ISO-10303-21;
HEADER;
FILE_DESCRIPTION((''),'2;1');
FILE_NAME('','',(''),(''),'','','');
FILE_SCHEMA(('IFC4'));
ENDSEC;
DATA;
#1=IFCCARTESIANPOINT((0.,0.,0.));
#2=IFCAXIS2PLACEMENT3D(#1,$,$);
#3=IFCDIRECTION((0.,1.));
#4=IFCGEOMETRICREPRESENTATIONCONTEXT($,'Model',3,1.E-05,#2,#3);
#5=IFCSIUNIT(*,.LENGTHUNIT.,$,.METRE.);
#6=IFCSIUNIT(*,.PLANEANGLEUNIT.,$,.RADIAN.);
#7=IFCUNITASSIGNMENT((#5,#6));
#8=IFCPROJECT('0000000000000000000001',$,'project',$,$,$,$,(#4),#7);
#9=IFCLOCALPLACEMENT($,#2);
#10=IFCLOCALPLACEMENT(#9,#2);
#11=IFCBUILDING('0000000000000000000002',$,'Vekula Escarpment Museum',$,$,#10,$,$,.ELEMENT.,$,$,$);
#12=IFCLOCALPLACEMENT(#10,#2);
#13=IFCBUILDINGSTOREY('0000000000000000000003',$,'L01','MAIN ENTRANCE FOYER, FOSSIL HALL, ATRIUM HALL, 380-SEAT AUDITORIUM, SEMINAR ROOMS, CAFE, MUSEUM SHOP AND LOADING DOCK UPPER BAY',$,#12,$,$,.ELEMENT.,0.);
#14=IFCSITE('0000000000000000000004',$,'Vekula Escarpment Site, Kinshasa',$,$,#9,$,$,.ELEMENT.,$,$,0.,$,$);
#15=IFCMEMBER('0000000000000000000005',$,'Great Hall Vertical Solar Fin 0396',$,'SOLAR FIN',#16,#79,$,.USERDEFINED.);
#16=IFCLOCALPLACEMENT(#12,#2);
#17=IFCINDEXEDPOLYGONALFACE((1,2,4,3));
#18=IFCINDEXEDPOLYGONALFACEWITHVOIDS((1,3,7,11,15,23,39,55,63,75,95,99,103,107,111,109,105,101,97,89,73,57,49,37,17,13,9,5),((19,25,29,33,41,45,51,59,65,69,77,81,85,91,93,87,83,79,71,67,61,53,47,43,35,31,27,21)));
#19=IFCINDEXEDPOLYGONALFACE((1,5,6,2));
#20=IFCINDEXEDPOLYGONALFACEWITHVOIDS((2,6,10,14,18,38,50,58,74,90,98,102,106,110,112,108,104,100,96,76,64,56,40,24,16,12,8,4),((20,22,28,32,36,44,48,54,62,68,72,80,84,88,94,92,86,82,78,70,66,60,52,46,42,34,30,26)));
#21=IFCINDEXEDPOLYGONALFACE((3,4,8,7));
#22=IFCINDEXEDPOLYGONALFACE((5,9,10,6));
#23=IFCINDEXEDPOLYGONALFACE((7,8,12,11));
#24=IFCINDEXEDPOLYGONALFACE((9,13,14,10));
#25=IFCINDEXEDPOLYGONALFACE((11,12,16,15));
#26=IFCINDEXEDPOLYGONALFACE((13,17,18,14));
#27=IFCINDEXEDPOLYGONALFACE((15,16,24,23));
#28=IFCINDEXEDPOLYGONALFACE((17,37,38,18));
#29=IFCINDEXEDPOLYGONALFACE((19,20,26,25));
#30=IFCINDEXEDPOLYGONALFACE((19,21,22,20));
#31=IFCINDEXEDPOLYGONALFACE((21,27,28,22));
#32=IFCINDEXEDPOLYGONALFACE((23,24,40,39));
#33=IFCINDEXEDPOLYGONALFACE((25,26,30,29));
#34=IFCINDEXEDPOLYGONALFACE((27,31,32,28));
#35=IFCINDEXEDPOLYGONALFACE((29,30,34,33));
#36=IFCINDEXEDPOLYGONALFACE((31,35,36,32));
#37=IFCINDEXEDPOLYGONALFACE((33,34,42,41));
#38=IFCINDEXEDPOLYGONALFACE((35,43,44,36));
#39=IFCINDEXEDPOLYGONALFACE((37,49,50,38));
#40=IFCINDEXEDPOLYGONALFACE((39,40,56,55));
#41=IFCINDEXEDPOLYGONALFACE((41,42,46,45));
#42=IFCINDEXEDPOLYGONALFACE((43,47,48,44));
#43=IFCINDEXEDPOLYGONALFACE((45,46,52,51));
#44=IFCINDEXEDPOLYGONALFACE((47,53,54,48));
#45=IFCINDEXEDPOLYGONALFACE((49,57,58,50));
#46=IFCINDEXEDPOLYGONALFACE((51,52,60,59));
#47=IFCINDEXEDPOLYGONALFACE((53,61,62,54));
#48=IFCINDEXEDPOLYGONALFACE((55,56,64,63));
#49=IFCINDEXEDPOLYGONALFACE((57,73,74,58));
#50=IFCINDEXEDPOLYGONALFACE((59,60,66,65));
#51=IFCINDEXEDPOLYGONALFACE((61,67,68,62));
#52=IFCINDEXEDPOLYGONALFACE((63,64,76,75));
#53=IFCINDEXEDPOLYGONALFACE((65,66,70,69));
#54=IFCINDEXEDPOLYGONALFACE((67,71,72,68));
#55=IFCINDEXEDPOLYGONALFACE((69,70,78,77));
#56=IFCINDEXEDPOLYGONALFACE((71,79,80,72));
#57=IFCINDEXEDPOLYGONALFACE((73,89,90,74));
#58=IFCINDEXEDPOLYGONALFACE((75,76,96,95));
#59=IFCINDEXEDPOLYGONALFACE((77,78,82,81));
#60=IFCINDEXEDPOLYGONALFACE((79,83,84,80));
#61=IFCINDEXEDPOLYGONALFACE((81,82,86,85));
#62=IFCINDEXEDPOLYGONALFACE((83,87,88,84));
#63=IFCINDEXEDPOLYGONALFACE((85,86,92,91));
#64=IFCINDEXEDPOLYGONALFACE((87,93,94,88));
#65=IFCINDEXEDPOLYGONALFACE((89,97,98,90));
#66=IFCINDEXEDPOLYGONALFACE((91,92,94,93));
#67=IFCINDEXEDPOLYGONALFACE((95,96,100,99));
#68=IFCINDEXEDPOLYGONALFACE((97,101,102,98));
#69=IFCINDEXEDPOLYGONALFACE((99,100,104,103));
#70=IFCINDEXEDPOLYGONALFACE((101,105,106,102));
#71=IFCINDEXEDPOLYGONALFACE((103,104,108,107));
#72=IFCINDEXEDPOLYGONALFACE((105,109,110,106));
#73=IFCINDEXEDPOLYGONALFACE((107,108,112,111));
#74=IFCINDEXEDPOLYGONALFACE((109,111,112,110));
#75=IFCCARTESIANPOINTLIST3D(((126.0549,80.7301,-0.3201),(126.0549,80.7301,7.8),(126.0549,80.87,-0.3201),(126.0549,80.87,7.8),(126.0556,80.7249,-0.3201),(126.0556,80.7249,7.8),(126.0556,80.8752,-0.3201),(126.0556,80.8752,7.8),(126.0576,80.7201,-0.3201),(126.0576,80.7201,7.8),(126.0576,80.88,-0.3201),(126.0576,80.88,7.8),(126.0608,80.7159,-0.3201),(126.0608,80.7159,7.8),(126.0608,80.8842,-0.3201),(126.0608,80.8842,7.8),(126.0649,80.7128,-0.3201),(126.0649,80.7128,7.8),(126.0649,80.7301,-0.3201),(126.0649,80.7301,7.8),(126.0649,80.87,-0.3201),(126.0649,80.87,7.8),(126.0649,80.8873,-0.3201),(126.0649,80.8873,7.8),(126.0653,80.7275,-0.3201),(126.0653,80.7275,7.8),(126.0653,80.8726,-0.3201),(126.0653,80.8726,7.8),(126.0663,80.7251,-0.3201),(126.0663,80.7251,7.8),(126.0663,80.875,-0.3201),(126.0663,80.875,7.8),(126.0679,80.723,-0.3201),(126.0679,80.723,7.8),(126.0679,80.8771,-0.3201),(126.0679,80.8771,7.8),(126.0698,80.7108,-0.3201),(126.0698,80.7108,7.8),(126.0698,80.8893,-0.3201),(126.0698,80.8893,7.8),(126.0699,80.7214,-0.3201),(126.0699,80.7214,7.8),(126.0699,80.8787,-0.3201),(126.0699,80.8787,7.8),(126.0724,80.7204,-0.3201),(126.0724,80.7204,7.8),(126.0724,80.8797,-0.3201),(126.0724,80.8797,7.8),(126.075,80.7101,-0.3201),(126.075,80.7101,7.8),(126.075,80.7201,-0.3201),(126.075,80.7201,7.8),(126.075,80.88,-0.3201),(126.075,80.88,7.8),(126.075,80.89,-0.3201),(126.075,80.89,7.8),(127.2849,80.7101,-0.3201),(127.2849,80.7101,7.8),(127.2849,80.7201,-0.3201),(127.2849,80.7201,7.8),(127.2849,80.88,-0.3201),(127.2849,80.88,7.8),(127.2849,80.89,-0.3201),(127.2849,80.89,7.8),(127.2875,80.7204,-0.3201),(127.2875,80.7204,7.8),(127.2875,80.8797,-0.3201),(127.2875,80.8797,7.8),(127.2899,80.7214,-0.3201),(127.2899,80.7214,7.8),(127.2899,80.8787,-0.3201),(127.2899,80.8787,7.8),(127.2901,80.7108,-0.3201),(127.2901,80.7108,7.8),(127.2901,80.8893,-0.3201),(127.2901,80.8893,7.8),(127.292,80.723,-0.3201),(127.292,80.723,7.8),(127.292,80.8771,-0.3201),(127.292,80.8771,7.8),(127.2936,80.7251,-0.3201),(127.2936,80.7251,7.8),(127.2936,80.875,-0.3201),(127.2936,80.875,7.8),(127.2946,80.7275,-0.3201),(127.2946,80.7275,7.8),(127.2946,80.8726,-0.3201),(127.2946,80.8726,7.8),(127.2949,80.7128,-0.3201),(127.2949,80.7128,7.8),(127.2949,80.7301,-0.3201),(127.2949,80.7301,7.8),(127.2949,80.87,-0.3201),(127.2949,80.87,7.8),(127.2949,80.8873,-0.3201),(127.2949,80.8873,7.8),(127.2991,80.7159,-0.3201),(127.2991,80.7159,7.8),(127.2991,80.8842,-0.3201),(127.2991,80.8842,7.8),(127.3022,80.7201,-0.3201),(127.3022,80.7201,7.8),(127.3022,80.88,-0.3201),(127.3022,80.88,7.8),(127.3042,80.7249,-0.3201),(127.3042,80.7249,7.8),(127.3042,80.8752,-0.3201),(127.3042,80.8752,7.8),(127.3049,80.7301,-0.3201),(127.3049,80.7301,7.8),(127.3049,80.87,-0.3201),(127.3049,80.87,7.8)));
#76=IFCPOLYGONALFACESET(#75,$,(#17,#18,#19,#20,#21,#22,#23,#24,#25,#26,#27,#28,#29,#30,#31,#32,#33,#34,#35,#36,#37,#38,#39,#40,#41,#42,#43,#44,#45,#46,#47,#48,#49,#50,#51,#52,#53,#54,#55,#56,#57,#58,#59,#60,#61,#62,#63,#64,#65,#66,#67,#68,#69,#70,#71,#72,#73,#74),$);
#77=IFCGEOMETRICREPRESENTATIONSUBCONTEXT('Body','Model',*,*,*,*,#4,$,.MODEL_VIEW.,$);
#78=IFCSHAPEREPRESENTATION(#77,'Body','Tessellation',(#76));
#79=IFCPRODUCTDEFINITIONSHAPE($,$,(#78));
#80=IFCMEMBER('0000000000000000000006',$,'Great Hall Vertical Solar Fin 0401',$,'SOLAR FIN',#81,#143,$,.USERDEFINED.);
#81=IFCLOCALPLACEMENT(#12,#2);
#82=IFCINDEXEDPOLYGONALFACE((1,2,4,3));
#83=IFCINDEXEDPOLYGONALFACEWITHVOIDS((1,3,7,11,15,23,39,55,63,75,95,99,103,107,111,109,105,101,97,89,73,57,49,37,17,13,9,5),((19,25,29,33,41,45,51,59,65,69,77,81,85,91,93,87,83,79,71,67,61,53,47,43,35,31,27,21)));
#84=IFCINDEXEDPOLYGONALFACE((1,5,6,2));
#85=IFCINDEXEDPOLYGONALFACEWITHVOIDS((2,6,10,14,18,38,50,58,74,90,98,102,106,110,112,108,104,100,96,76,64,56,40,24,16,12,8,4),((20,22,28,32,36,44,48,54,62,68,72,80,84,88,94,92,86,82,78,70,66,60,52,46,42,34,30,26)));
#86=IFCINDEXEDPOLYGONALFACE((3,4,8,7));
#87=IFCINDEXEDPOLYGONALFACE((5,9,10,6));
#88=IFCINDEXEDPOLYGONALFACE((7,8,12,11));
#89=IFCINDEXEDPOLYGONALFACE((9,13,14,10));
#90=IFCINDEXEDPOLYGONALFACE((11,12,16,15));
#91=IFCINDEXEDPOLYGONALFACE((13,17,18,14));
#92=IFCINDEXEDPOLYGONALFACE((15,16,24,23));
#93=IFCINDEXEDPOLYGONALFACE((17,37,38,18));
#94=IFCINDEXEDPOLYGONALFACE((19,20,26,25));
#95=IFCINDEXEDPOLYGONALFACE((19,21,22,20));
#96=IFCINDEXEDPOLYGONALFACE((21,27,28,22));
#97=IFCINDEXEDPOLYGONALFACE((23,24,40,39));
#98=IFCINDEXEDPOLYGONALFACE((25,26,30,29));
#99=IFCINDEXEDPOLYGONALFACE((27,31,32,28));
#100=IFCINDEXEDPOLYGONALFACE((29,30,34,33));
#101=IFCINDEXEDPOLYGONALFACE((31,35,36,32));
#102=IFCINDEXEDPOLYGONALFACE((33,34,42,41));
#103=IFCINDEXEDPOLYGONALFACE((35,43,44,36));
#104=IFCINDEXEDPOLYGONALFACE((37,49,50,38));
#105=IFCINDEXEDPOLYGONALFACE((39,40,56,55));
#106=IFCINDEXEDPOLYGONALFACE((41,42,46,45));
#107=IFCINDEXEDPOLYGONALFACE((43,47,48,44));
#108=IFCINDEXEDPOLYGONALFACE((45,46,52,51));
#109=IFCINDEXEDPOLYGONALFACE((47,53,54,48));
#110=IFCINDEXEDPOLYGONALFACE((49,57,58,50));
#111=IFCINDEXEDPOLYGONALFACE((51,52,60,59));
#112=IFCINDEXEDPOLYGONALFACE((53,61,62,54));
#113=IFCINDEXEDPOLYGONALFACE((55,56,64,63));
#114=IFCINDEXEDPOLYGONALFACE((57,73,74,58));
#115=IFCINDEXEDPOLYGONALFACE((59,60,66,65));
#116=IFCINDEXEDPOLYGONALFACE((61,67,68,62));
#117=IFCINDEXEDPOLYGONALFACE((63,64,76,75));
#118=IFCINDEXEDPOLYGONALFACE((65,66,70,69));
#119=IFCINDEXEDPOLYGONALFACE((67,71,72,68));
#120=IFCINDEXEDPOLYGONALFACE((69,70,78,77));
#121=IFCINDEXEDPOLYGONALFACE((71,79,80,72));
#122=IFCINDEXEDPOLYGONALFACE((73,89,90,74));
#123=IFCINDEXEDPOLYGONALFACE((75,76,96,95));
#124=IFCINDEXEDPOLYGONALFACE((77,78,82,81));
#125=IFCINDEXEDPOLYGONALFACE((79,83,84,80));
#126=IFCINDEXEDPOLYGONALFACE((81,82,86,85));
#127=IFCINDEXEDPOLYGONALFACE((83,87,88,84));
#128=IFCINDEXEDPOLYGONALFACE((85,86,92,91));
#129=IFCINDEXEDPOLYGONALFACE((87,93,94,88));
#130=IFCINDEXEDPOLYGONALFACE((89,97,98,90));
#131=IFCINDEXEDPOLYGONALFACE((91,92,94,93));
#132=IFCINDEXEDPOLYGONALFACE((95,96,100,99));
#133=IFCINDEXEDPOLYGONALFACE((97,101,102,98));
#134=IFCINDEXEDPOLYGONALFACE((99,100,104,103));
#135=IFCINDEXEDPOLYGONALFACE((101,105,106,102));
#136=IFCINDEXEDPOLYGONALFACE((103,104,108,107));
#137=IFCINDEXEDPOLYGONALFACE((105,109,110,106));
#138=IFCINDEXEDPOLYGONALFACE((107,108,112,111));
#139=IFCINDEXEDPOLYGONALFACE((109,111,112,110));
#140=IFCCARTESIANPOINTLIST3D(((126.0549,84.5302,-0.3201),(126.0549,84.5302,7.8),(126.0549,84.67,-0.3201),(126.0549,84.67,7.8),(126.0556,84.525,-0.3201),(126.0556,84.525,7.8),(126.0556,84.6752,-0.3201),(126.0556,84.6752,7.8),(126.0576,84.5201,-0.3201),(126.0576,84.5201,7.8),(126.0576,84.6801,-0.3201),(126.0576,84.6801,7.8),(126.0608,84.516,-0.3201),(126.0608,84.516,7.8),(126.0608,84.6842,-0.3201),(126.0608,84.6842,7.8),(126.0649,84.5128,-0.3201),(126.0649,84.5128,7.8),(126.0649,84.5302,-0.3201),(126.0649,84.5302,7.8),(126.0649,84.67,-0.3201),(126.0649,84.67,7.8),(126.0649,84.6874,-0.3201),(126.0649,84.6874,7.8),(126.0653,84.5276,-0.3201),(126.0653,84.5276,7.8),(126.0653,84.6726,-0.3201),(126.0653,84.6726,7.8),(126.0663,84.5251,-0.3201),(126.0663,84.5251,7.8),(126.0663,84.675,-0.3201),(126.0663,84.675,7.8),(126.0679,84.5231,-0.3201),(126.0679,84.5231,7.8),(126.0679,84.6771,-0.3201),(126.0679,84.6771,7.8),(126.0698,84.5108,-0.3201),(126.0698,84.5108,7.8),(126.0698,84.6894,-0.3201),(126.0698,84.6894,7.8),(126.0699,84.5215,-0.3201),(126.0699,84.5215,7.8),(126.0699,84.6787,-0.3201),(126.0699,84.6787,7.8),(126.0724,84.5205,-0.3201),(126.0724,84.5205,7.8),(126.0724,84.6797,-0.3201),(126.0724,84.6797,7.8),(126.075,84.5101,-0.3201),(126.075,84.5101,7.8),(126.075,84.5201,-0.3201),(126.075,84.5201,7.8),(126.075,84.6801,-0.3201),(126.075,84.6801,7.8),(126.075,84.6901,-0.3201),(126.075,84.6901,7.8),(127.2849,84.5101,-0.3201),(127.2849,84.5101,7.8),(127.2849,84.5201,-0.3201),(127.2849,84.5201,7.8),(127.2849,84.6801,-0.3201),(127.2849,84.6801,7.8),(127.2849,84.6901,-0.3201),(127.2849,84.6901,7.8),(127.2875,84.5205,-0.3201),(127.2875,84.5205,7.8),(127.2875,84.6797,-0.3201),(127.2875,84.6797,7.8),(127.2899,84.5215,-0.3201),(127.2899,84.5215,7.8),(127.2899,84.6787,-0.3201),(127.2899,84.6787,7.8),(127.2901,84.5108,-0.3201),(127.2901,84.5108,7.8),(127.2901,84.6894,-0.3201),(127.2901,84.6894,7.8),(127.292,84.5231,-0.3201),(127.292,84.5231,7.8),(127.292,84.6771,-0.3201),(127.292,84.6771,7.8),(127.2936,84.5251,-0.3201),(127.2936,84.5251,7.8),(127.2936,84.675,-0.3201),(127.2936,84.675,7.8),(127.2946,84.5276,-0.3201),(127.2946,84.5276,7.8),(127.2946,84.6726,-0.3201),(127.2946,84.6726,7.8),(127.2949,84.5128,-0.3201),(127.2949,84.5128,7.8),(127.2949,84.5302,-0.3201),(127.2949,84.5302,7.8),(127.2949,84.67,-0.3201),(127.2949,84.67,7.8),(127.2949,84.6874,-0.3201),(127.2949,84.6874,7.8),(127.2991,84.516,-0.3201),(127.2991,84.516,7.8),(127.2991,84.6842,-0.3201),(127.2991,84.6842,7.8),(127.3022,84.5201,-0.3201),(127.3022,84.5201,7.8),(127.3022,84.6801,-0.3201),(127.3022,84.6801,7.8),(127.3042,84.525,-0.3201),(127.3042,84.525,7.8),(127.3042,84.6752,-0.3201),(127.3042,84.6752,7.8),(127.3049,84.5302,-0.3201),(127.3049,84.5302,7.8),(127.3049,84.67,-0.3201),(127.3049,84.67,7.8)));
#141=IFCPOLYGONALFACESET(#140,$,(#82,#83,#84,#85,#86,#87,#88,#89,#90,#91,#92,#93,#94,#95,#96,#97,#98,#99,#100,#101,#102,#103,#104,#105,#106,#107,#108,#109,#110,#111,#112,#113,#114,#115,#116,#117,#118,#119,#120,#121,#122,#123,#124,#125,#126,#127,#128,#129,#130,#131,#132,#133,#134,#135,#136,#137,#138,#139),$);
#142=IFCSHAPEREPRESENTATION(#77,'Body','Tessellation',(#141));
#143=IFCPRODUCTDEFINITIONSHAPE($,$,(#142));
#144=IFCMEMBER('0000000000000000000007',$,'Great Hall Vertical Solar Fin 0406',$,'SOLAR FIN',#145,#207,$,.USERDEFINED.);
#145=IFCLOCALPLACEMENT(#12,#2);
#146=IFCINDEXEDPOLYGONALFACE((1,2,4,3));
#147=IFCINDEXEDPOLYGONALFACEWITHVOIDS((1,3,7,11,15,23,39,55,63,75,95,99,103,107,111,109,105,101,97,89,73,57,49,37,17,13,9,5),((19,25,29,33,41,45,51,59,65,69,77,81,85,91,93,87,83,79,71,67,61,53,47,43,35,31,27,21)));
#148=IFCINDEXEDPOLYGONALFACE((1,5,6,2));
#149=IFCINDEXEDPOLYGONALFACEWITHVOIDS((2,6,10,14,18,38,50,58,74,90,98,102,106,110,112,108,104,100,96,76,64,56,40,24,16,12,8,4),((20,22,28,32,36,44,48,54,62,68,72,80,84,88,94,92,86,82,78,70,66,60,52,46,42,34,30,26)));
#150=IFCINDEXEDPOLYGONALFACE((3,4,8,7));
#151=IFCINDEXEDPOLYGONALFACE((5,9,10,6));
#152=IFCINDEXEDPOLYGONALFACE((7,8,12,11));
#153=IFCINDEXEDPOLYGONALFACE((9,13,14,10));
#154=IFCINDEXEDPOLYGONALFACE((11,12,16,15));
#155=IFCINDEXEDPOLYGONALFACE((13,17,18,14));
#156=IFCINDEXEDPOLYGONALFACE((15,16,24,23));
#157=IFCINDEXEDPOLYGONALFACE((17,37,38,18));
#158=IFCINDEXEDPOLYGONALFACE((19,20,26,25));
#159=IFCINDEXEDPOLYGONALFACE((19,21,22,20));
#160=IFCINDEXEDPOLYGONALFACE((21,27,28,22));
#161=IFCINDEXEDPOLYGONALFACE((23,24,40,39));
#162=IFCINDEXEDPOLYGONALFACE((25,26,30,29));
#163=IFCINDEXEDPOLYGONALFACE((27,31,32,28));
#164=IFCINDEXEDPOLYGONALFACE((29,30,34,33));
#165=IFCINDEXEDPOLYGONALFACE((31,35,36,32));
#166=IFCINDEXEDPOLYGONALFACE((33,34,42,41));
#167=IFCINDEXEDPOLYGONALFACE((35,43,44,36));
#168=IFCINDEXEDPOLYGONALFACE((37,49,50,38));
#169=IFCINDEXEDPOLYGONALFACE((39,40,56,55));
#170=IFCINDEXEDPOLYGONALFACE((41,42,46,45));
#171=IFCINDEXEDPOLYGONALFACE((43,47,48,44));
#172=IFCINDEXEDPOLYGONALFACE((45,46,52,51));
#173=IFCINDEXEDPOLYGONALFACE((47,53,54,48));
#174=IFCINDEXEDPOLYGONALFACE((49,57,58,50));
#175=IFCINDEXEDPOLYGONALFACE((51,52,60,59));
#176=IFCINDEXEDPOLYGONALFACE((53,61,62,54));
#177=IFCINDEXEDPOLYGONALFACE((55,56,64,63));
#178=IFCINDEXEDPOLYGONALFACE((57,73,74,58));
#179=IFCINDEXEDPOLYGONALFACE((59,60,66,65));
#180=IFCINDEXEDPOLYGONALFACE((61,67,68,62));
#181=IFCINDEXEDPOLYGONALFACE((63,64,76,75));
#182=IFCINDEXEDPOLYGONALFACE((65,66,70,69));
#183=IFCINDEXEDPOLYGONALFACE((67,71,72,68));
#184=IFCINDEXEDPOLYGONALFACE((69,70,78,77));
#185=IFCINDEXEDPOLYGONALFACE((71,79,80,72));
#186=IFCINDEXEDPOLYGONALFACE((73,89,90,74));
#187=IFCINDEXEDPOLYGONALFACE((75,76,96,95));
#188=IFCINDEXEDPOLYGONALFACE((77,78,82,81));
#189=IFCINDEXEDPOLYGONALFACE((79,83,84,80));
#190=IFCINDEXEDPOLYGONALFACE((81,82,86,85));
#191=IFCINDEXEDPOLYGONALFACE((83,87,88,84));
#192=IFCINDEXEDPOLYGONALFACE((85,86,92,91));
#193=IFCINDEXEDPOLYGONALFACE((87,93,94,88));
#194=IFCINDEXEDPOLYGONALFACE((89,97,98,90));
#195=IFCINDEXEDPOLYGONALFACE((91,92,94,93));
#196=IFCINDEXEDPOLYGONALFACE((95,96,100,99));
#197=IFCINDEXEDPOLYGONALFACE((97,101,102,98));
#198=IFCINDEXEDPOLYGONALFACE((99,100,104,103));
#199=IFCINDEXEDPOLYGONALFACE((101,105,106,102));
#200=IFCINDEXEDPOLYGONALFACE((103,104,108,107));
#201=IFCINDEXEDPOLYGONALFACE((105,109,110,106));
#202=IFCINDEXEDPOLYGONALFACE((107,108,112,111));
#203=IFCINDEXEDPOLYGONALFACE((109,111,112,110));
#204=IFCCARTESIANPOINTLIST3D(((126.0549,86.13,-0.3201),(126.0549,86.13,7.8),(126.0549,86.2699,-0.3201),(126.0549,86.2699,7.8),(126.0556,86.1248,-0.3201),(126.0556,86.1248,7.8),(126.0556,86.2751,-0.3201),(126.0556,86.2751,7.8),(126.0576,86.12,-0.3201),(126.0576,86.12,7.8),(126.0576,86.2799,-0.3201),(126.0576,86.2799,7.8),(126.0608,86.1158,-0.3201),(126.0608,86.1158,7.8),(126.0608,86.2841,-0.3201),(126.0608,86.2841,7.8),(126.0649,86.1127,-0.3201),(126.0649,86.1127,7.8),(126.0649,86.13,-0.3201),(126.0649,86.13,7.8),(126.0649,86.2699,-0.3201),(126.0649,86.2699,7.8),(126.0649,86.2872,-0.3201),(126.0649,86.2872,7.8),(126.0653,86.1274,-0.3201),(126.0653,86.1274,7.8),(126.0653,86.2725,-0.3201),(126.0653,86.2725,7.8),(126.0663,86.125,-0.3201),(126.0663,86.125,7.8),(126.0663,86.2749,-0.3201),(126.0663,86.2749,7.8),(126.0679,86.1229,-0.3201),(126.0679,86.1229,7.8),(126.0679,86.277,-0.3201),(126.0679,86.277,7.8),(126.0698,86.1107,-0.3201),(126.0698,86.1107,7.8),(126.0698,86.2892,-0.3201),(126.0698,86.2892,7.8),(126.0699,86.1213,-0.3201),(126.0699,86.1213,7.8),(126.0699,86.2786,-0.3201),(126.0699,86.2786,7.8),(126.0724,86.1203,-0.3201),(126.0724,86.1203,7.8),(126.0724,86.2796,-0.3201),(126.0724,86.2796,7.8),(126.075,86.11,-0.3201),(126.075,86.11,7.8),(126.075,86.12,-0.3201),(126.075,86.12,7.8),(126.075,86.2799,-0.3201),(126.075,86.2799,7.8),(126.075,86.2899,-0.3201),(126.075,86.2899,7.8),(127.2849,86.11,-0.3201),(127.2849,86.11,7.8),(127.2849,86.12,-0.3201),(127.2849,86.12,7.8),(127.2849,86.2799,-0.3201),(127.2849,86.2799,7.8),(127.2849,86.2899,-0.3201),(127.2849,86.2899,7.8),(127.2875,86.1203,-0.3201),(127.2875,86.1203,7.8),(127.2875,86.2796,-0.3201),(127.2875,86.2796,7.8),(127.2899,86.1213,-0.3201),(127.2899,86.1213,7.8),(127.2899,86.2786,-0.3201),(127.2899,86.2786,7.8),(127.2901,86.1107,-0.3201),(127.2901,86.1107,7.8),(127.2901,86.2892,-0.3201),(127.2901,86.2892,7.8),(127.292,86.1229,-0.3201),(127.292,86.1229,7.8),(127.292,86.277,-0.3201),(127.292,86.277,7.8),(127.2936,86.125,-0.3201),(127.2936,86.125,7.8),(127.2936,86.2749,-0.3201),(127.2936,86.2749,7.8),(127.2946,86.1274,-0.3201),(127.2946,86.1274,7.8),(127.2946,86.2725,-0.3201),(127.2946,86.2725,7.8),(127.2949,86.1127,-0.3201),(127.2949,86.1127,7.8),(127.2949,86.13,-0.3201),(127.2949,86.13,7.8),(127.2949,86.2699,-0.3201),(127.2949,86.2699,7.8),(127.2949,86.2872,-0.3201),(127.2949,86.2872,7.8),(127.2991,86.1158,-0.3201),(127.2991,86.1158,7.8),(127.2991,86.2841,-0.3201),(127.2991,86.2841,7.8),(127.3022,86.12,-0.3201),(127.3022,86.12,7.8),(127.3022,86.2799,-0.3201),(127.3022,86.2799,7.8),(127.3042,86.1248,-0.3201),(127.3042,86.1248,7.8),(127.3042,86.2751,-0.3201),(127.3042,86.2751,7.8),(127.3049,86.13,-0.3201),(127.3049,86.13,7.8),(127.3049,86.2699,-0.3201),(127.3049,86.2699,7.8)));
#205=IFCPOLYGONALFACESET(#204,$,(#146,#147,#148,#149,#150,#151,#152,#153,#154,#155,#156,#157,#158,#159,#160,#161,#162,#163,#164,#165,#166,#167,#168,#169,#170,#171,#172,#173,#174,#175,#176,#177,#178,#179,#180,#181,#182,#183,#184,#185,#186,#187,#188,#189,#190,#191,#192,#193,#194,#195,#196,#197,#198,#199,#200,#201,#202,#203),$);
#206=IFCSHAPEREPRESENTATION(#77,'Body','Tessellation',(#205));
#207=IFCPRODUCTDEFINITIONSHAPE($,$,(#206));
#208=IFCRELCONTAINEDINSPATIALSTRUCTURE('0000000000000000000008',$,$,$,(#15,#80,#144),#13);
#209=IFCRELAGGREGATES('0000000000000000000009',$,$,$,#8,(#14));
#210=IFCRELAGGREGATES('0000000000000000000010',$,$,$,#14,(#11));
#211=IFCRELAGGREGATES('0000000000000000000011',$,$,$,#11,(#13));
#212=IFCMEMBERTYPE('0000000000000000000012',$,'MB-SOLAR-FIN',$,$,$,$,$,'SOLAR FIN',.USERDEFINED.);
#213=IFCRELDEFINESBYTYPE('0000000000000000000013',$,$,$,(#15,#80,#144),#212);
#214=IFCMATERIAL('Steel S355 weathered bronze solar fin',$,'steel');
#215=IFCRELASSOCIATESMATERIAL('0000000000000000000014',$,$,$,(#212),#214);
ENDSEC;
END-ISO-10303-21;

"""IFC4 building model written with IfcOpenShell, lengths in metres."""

from ifc_helpers import new_model, si_unit, direction, frame, origin, origin_2d, place, context, subcontext, project, spatial, hollow_rectangle, extrude, material, material_profile, profile_set, type_object, element, save


model = new_model("IFC4")

# Units and contexts
model_context = context("Model", 3, precision=1e-05, world=origin(), true_north=direction((0.0, 1.0)))
body_context = subcontext(model_context, "Body", "Model", "MODEL_VIEW")
ifc_project = project(units=[si_unit("LENGTHUNIT", "METRE"), si_unit("PLANEANGLEUNIT", "RADIAN")], contexts=[model_context])

# Site, building, storey
site_placement = place(None, origin())
site = spatial("IfcSite", under=ifc_project, at=site_placement, Name="Vekula Escarpment Site, Kinshasa", CompositionType="ELEMENT", RefElevation=0.0)
building_placement = place(site_placement, origin())
building = spatial("IfcBuilding", under=site, at=building_placement, Name="Vekula Escarpment Museum", CompositionType="ELEMENT")
storey_placement = place(building_placement, origin())
storey = spatial("IfcBuildingStorey", under=building, at=storey_placement, Name="L01", Description="MAIN ENTRANCE FOYER, FOSSIL HALL, ATRIUM HALL, 380-SEAT AUDITORIUM, SEMINAR ROOMS, CAFE, MUSEUM SHOP AND LOADING DOCK UPPER BAY", CompositionType="ELEMENT", Elevation=0.0)

# Members
ifc_material_1 = material(Name="Steel S355 weathered bronze solar fin", Category="steel")
ifc_material_profile_1 = material_profile(ifc_material_1, hollow_rectangle(XDim=0.1799, YDim=1.25, WallThickness=0.01, InnerFilletRadius=0.01, OuterFilletRadius=0.02, at=origin_2d()), Name="RHS 1250x180x10")
ifc_profile_set_1 = profile_set([ifc_material_profile_1], Name="Steel S355 weathered bronze solar fin")
member_type_1 = type_object("IfcMemberType", Name="MB-SOLAR-FIN", ElementType="SOLAR FIN", PredefinedType="USERDEFINED", material=ifc_profile_set_1)
for number, where, z_axis, x_axis, name in (
    (1, (126.6799, 80.8, -0.3201), (0.0, 0.0, 1.0), (0.0, 1.0, 0.0), "Great Hall Vertical Solar Fin 0396"),
    (2, (126.6799, 84.6001, -0.3201), (0.0, 0.0, 1.0), (0.0, 1.0, 0.0), "Great Hall Vertical Solar Fin 0401"),
    (3, (126.6799, 86.2, -0.3201), (0.0, 0.0, 1.0), (0.0, 1.0, 0.0), "Great Hall Vertical Solar Fin 0406"),
):
    element("IfcMember", number, at=place(storey_placement, frame(where, z_axis=z_axis, x_axis=x_axis)), inside=storey, type_object=member_type_1, Name=name, ObjectType="SOLAR FIN", PredefinedType="USERDEFINED", context=body_context, shape_type="SweptSolid", body=[
        extrude(hollow_rectangle(XDim=0.1799, YDim=1.25, WallThickness=0.01, InnerFilletRadius=0.01, OuterFilletRadius=0.02, at=origin_2d()), origin(), (0.0, 0.0, 1.0), 8.1201),
    ])

save(model, "model.ifc")
